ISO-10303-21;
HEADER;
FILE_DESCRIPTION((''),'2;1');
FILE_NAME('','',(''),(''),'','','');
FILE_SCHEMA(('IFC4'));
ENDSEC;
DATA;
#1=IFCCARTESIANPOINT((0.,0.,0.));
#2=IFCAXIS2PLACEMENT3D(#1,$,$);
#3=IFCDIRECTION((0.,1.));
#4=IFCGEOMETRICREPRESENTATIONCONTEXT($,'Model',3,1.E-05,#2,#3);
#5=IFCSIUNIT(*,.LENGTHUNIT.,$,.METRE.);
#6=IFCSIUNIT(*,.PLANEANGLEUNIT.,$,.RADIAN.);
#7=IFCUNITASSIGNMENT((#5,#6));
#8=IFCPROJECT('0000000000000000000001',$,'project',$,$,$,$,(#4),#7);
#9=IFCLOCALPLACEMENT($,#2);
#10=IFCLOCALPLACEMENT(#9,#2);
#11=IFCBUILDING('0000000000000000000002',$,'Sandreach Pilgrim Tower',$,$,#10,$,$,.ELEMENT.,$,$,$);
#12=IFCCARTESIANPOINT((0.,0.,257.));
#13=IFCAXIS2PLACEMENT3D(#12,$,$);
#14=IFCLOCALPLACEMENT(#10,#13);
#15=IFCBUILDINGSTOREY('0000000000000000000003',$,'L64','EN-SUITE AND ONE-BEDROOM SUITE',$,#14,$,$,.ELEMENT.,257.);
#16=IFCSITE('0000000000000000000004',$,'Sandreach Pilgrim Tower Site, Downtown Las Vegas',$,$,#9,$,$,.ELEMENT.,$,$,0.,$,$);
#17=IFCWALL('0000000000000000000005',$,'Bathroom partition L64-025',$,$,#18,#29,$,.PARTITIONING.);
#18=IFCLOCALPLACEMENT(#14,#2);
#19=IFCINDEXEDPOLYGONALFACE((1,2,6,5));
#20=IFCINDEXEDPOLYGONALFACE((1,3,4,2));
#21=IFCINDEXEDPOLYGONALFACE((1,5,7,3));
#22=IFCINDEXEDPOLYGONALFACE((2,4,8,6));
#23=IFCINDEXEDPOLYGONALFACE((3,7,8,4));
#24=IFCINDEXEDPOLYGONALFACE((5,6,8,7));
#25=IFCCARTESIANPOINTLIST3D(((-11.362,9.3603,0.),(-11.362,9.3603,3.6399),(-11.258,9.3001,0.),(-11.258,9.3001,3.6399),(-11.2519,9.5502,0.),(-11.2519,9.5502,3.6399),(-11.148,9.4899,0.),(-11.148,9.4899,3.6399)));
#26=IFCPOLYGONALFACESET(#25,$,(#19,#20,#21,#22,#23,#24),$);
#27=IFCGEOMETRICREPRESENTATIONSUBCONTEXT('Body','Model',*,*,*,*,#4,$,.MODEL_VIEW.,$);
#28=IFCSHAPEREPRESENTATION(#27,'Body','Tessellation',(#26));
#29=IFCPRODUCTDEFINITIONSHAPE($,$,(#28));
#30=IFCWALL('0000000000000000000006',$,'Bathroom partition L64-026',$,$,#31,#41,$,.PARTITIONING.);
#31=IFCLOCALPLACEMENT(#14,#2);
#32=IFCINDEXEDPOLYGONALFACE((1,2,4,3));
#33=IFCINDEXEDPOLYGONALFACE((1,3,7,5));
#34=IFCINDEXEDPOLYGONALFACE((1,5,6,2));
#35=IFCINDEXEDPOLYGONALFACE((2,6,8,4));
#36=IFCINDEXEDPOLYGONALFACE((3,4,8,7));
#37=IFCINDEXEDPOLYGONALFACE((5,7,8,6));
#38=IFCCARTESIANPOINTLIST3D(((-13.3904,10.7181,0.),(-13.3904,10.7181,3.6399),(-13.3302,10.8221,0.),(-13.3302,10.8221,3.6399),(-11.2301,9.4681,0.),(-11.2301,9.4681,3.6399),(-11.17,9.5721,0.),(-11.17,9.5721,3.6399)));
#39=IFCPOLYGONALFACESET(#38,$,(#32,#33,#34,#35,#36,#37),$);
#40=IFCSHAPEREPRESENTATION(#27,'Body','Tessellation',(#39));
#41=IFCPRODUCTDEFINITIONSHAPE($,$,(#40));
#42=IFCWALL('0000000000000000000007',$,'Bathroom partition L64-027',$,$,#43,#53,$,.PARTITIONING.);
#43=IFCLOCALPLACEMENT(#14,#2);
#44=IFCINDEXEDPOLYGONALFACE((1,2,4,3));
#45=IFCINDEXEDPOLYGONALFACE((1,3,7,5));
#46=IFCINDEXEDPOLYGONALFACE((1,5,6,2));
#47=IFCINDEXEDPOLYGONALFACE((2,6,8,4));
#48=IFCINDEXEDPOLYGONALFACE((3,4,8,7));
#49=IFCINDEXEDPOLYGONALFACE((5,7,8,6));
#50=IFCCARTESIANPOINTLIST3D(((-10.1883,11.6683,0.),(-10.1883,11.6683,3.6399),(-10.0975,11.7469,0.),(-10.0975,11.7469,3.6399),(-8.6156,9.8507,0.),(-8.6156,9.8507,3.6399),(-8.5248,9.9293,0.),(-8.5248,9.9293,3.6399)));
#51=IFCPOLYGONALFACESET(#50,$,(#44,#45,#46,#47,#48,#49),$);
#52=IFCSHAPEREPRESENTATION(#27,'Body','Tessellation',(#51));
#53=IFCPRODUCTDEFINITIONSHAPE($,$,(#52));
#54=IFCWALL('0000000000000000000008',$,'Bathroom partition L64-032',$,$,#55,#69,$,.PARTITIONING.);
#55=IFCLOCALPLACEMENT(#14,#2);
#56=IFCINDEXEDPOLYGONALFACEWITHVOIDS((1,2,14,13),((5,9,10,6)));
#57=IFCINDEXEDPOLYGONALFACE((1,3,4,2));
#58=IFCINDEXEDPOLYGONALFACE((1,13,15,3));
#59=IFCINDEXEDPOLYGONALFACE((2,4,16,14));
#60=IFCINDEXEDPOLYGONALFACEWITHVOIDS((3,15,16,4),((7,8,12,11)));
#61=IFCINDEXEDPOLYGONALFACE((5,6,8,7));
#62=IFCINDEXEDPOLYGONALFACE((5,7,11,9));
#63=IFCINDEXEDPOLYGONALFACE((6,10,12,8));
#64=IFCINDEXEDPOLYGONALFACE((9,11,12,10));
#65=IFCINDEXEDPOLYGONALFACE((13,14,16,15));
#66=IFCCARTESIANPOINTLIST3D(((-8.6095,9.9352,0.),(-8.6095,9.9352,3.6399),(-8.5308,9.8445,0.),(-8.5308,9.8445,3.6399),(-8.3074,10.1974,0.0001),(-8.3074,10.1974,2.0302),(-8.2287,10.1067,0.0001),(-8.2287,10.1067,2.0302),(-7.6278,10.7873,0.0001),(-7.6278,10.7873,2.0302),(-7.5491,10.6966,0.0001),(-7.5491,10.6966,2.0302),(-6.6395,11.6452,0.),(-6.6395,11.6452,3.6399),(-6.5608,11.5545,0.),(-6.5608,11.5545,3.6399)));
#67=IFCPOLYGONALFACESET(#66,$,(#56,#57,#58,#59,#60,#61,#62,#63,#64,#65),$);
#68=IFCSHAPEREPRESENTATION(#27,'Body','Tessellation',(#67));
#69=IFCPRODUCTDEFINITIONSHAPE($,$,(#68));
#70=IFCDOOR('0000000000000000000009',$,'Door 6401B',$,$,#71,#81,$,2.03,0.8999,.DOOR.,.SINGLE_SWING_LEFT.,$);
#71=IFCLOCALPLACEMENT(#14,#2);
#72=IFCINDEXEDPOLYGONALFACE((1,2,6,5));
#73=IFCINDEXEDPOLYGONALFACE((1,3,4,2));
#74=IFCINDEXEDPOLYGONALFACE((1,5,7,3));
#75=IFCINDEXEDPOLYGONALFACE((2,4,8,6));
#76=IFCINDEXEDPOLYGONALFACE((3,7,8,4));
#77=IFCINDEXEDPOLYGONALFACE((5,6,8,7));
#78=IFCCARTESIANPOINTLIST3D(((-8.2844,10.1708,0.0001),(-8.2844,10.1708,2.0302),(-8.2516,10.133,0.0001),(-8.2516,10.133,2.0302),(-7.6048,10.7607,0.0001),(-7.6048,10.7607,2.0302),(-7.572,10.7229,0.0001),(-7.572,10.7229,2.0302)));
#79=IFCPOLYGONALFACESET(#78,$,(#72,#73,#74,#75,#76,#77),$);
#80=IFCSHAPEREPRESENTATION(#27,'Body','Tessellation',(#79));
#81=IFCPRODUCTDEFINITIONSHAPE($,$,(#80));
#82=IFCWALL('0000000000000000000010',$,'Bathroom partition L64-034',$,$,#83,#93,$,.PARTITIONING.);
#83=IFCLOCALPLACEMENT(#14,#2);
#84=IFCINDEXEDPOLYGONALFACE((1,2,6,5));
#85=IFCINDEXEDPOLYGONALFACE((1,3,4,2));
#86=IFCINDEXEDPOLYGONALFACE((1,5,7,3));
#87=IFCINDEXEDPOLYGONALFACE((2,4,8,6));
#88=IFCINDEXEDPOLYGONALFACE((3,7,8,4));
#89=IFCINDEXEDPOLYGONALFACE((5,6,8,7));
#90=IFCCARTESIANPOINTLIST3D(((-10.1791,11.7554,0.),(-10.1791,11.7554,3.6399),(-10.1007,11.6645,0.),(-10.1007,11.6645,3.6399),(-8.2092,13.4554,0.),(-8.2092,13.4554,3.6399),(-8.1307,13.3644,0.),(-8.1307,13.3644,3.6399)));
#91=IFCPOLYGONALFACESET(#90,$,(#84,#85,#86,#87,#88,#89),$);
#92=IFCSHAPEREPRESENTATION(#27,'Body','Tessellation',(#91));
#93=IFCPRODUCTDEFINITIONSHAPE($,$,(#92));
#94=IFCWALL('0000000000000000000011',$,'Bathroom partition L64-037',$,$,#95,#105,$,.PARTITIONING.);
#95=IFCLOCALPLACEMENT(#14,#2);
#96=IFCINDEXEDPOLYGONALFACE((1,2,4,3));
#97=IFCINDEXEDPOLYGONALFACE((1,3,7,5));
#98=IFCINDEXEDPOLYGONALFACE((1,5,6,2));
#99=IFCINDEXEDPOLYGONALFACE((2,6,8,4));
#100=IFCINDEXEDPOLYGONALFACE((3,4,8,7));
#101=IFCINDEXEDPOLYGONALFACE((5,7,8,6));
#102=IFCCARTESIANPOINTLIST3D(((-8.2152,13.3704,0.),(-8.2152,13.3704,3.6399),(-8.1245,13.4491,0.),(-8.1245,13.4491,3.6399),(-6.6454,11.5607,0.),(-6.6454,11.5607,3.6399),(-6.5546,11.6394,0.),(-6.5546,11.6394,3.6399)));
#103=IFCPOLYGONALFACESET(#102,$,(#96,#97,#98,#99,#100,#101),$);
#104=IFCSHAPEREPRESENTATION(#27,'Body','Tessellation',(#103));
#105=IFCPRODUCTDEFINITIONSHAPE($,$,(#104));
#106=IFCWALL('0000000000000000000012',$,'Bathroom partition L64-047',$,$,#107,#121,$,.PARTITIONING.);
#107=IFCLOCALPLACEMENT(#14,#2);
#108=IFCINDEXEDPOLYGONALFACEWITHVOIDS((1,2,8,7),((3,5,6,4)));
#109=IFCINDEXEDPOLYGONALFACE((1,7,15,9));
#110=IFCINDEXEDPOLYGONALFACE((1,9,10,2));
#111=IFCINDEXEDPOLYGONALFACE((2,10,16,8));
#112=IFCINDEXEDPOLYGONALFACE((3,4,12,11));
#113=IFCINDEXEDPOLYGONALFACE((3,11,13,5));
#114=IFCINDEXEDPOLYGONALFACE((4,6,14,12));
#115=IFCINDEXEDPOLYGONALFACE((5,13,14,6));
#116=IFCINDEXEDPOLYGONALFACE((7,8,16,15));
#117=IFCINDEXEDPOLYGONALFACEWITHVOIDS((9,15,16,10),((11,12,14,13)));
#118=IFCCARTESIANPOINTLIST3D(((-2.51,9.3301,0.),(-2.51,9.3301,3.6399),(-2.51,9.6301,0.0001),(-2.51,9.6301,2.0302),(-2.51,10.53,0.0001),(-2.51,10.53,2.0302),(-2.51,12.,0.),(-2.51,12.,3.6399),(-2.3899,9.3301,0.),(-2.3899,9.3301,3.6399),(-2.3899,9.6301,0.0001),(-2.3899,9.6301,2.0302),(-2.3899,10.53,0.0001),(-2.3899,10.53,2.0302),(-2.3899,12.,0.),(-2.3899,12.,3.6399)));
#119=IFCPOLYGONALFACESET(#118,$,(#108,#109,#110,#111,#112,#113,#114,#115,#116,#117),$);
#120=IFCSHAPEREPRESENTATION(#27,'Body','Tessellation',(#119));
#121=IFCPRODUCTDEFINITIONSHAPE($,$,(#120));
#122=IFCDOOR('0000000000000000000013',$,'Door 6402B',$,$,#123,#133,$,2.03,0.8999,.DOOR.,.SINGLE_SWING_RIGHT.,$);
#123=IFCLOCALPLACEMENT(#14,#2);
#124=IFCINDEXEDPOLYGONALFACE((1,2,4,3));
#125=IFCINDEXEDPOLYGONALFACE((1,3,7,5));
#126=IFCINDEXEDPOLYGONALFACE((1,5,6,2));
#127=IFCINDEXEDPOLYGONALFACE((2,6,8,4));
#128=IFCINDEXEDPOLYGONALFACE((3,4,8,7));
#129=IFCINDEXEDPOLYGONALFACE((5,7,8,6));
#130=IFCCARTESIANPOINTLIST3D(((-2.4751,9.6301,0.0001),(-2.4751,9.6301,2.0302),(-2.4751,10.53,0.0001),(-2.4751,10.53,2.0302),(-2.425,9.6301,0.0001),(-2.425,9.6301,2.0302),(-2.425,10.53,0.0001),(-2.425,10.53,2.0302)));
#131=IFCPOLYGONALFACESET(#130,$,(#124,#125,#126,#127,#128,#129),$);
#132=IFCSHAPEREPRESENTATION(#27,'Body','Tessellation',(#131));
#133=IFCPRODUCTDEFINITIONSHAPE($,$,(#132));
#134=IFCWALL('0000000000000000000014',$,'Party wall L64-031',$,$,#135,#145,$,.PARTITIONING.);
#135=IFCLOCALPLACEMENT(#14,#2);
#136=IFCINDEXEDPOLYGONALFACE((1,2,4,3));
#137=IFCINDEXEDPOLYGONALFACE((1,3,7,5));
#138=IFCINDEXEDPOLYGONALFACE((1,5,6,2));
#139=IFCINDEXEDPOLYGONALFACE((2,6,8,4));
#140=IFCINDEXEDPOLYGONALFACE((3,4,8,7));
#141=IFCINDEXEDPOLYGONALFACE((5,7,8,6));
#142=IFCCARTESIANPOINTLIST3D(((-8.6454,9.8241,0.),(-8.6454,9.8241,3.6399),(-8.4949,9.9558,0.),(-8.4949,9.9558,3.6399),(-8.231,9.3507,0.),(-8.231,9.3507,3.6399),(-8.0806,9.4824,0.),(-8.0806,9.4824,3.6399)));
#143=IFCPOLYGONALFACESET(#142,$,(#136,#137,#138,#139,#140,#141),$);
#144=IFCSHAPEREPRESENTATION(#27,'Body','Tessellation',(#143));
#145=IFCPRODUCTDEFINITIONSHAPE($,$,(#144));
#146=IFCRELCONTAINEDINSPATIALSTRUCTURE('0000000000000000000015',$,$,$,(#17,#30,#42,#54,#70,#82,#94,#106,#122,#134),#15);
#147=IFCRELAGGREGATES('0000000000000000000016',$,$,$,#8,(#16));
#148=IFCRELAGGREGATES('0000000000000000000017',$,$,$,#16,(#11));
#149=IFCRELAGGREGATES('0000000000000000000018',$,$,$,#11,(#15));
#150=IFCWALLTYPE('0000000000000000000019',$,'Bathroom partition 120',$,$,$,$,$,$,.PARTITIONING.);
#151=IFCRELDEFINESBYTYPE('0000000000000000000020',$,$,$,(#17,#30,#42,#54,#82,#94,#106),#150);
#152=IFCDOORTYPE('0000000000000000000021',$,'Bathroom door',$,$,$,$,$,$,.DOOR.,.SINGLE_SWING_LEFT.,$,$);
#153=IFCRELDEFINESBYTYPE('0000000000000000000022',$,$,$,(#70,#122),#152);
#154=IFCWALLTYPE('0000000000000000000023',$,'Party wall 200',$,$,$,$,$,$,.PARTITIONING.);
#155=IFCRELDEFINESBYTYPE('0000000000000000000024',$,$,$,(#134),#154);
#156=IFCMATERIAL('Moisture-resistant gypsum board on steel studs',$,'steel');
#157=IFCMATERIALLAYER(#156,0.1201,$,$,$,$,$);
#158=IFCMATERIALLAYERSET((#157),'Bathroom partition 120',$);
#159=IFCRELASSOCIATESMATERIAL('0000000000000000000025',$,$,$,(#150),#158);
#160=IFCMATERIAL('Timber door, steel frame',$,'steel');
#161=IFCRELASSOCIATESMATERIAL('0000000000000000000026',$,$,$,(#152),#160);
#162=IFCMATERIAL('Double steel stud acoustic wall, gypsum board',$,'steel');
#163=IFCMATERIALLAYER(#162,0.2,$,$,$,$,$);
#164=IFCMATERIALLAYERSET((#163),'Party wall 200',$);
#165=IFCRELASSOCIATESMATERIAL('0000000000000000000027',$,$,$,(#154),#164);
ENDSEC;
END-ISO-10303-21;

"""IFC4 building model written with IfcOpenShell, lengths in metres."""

from ifc_helpers import new_model, si_unit, direction, frame, frame_2d, origin, place, context, subcontext, project, spatial, rectangle, extrude, material, layer, layer_set, type_object, element, fill, save


model = new_model("IFC4")

# Units and contexts
model_context = context("Model", 3, precision=1e-05, world=origin(), true_north=direction((0.0, 1.0)))
body_context = subcontext(model_context, "Body", "Model", "MODEL_VIEW")
ifc_project = project(units=[si_unit("LENGTHUNIT", "METRE"), si_unit("PLANEANGLEUNIT", "RADIAN")], contexts=[model_context])

# Site, building, storey
site_placement = place(None, origin())
site = spatial("IfcSite", under=ifc_project, at=site_placement, Name="Sandreach Pilgrim Tower Site, Downtown Las Vegas", CompositionType="ELEMENT", RefElevation=0.0)
building_placement = place(site_placement, origin())
building = spatial("IfcBuilding", under=site, at=building_placement, Name="Sandreach Pilgrim Tower", CompositionType="ELEMENT")
storey_placement = place(building_placement, frame((0.0, 0.0, 257.0)))
storey = spatial("IfcBuildingStorey", under=building, at=storey_placement, Name="L64", Description="EN-SUITE AND ONE-BEDROOM SUITE", CompositionType="ELEMENT", Elevation=257.0)

# Shared definitions
ifc_material_1 = material(Name="Moisture-resistant gypsum board on steel studs", Category="steel")
ifc_layer_1 = layer(ifc_material_1, 0.1201)
ifc_layer_set_1 = layer_set([ifc_layer_1], Name="Bathroom partition 120")
wall_type_1 = type_object("IfcWallType", Name="Bathroom partition 120", PredefinedType="PARTITIONING", material=ifc_layer_set_1)

# Shared definitions
ifc_material_2 = material(Name="Timber door, steel frame", Category="steel")
door_type_1 = type_object("IfcDoorType", Name="Bathroom door", OperationType="SINGLE_SWING_LEFT", PredefinedType="DOOR", material=ifc_material_2)

# Walls
wall_1_placement = place(storey_placement, frame((-11.3101, 9.3301, 0.0), z_axis=(0.0, 0.0, 1.0), x_axis=(0.501518, 0.865147, 0.0)))
element("IfcWall", 1, at=wall_1_placement, inside=storey, type_object=wall_type_1, Name="Bathroom partition L64-025", PredefinedType="PARTITIONING", context=body_context, shape_type="SweptSolid", body=[
    extrude(rectangle(XDim=0.2195, YDim=0.1201, at=frame_2d((0.1099, 0.0))), origin(), (0.0, 0.0, 1.0), 3.6399),
])
wall_2_placement = place(storey_placement, frame((-11.2, 9.52, 0.0), z_axis=(0.0, 0.0, 1.0), x_axis=(-0.865533, 0.500851, 0.0)))
element("IfcWall", 2, at=wall_2_placement, inside=storey, type_object=wall_type_1, Name="Bathroom partition L64-026", PredefinedType="PARTITIONING", context=body_context, shape_type="SweptSolid", body=[
    extrude(rectangle(XDim=2.4958, YDim=0.1201, at=frame_2d((1.248, 0.0))), origin(), (0.0, 0.0, 1.0), 3.6399),
])
wall_3_placement = place(storey_placement, frame((-10.1428, 11.7075, 0.0), z_axis=(0.0, 0.0, 1.0), x_axis=(0.654331, -0.756208, 0.0)))
element("IfcWall", 3, at=wall_3_placement, inside=storey, type_object=wall_type_1, Name="Bathroom partition L64-027", PredefinedType="PARTITIONING", context=body_context, shape_type="SweptSolid", body=[
    extrude(rectangle(XDim=2.4036, YDim=0.1201, at=frame_2d((1.2017, 0.0))), origin(), (0.0, 0.0, 1.0), 3.6399),
])

# Wall, opening, door
wall_4_placement = place(storey_placement, frame((-8.5701, 9.8899, 0.0), z_axis=(0.0, 0.0, 1.0), x_axis=(0.755186, 0.655511, 0.0)))
wall_4 = element("IfcWall", 4, at=wall_4_placement, inside=storey, type_object=wall_type_1, Name="Bathroom partition L64-032", PredefinedType="PARTITIONING", context=body_context, shape_type="SweptSolid", body=[
    extrude(rectangle(XDim=2.6086, YDim=0.1201, at=frame_2d((1.3042, 0.0))), origin(), (0.0, 0.0, 1.0), 3.6399),
])
opening_1_placement = place(wall_4_placement, frame((0.3999, 0.0, 0.0)))
opening_1 = element("IfcOpeningElement", 5, at=opening_1_placement, cuts=wall_4, PredefinedType="OPENING", context=body_context, shape_type="SweptSolid", body=[
    extrude(rectangle(XDim=0.8999, YDim=2.03, at=frame_2d((0.45, 1.0151))), frame((0.0, 0.0601, 0.0), z_axis=(0.0, -1.0, 0.0), x_axis=(1.0, 0.0, 0.0)), (0.0, 0.0, 1.0), 0.1201),
])
door_1_placement = place(opening_1_placement, origin())
door_1 = element("IfcDoor", 6, at=door_1_placement, inside=storey, type_object=door_type_1, Name="Door 6401B", OperationType="SINGLE_SWING_LEFT", OverallHeight=2.03, OverallWidth=0.8999, PredefinedType="DOOR", context=body_context, shape_type="SweptSolid", body=[
    extrude(rectangle(XDim=0.8999, YDim=2.03, at=frame_2d((0.45, 1.0151))), frame((0.0, 0.0249, 0.0), z_axis=(0.0, -1.0, 0.0), x_axis=(1.0, 0.0, 0.0)), (0.0, 0.0, 1.0), 0.05),
])
fill(opening_1, door_1)

# Walls
wall_5_placement = place(storey_placement, frame((-8.1699, 13.4099, 0.0), z_axis=(0.0, 0.0, 1.0), x_axis=(-0.757087, -0.653314, 0.0)))
element("IfcWall", 7, at=wall_5_placement, inside=storey, type_object=wall_type_1, Name="Bathroom partition L64-034", PredefinedType="PARTITIONING", context=body_context, shape_type="SweptSolid", body=[
    extrude(rectangle(XDim=2.6021, YDim=0.1201, at=frame_2d((1.301, 0.0))), origin(), (0.0, 0.0, 1.0), 3.6399),
])
wall_6_placement = place(storey_placement, frame((-6.6001, 11.6001, 0.0), z_axis=(0.0, 0.0, 1.0), x_axis=(-0.655245, 0.755417, 0.0)))
element("IfcWall", 8, at=wall_6_placement, inside=storey, type_object=wall_type_1, Name="Bathroom partition L64-037", PredefinedType="PARTITIONING", context=body_context, shape_type="SweptSolid", body=[
    extrude(rectangle(XDim=2.3958, YDim=0.1201, at=frame_2d((1.1978, 0.0))), origin(), (0.0, 0.0, 1.0), 3.6399),
])

# Wall, opening, door
wall_7_placement = place(storey_placement, frame((-2.45, 12.0, 0.0), z_axis=(0.0, 0.0, 1.0), x_axis=(0.0, -1.0, 0.0)))
wall_7 = element("IfcWall", 9, at=wall_7_placement, inside=storey, type_object=wall_type_1, Name="Bathroom partition L64-047", PredefinedType="PARTITIONING", context=body_context, shape_type="SweptSolid", body=[
    extrude(rectangle(XDim=2.6699, YDim=0.1201, at=frame_2d((1.335, 0.0))), origin(), (0.0, 0.0, 1.0), 3.6399),
])
opening_2_placement = place(wall_7_placement, frame((1.47, 0.0, 0.0)))
opening_2 = element("IfcOpeningElement", 10, at=opening_2_placement, cuts=wall_7, PredefinedType="OPENING", context=body_context, shape_type="SweptSolid", body=[
    extrude(rectangle(XDim=0.8999, YDim=2.03, at=frame_2d((0.45, 1.0151))), frame((0.0, 0.0601, 0.0), z_axis=(0.0, -1.0, 0.0), x_axis=(1.0, 0.0, 0.0)), (0.0, 0.0, 1.0), 0.1201),
])
door_2_placement = place(opening_2_placement, origin())
door_2 = element("IfcDoor", 11, at=door_2_placement, inside=storey, type_object=door_type_1, Name="Door 6402B", OperationType="SINGLE_SWING_RIGHT", OverallHeight=2.03, OverallWidth=0.8999, PredefinedType="DOOR", context=body_context, shape_type="SweptSolid", body=[
    extrude(rectangle(XDim=0.8999, YDim=2.03, at=frame_2d((0.45, 1.0151))), frame((0.0, 0.0249, 0.0), z_axis=(0.0, -1.0, 0.0), x_axis=(1.0, 0.0, 0.0)), (0.0, 0.0, 1.0), 0.05),
])
fill(opening_2, door_2)

# Wall
ifc_material_3 = material(Name="Double steel stud acoustic wall, gypsum board", Category="steel")
ifc_layer_2 = layer(ifc_material_3, 0.2)
ifc_layer_set_2 = layer_set([ifc_layer_2], Name="Party wall 200")
wall_type_2 = type_object("IfcWallType", Name="Party wall 200", PredefinedType="PARTITIONING", material=ifc_layer_set_2)
wall_8_placement = place(storey_placement, frame((-8.5701, 9.8899, 0.0), z_axis=(0.0, 0.0, 1.0), x_axis=(0.658587, -0.752505, 0.0)))
element("IfcWall", 12, at=wall_8_placement, inside=storey, type_object=wall_type_2, Name="Party wall L64-031", PredefinedType="PARTITIONING", context=body_context, shape_type="SweptSolid", body=[
    extrude(rectangle(XDim=0.6292, YDim=0.2, at=frame_2d((0.3145, 0.0))), origin(), (0.0, 0.0, 1.0), 3.6399),
])

save(model, "model.ifc")
